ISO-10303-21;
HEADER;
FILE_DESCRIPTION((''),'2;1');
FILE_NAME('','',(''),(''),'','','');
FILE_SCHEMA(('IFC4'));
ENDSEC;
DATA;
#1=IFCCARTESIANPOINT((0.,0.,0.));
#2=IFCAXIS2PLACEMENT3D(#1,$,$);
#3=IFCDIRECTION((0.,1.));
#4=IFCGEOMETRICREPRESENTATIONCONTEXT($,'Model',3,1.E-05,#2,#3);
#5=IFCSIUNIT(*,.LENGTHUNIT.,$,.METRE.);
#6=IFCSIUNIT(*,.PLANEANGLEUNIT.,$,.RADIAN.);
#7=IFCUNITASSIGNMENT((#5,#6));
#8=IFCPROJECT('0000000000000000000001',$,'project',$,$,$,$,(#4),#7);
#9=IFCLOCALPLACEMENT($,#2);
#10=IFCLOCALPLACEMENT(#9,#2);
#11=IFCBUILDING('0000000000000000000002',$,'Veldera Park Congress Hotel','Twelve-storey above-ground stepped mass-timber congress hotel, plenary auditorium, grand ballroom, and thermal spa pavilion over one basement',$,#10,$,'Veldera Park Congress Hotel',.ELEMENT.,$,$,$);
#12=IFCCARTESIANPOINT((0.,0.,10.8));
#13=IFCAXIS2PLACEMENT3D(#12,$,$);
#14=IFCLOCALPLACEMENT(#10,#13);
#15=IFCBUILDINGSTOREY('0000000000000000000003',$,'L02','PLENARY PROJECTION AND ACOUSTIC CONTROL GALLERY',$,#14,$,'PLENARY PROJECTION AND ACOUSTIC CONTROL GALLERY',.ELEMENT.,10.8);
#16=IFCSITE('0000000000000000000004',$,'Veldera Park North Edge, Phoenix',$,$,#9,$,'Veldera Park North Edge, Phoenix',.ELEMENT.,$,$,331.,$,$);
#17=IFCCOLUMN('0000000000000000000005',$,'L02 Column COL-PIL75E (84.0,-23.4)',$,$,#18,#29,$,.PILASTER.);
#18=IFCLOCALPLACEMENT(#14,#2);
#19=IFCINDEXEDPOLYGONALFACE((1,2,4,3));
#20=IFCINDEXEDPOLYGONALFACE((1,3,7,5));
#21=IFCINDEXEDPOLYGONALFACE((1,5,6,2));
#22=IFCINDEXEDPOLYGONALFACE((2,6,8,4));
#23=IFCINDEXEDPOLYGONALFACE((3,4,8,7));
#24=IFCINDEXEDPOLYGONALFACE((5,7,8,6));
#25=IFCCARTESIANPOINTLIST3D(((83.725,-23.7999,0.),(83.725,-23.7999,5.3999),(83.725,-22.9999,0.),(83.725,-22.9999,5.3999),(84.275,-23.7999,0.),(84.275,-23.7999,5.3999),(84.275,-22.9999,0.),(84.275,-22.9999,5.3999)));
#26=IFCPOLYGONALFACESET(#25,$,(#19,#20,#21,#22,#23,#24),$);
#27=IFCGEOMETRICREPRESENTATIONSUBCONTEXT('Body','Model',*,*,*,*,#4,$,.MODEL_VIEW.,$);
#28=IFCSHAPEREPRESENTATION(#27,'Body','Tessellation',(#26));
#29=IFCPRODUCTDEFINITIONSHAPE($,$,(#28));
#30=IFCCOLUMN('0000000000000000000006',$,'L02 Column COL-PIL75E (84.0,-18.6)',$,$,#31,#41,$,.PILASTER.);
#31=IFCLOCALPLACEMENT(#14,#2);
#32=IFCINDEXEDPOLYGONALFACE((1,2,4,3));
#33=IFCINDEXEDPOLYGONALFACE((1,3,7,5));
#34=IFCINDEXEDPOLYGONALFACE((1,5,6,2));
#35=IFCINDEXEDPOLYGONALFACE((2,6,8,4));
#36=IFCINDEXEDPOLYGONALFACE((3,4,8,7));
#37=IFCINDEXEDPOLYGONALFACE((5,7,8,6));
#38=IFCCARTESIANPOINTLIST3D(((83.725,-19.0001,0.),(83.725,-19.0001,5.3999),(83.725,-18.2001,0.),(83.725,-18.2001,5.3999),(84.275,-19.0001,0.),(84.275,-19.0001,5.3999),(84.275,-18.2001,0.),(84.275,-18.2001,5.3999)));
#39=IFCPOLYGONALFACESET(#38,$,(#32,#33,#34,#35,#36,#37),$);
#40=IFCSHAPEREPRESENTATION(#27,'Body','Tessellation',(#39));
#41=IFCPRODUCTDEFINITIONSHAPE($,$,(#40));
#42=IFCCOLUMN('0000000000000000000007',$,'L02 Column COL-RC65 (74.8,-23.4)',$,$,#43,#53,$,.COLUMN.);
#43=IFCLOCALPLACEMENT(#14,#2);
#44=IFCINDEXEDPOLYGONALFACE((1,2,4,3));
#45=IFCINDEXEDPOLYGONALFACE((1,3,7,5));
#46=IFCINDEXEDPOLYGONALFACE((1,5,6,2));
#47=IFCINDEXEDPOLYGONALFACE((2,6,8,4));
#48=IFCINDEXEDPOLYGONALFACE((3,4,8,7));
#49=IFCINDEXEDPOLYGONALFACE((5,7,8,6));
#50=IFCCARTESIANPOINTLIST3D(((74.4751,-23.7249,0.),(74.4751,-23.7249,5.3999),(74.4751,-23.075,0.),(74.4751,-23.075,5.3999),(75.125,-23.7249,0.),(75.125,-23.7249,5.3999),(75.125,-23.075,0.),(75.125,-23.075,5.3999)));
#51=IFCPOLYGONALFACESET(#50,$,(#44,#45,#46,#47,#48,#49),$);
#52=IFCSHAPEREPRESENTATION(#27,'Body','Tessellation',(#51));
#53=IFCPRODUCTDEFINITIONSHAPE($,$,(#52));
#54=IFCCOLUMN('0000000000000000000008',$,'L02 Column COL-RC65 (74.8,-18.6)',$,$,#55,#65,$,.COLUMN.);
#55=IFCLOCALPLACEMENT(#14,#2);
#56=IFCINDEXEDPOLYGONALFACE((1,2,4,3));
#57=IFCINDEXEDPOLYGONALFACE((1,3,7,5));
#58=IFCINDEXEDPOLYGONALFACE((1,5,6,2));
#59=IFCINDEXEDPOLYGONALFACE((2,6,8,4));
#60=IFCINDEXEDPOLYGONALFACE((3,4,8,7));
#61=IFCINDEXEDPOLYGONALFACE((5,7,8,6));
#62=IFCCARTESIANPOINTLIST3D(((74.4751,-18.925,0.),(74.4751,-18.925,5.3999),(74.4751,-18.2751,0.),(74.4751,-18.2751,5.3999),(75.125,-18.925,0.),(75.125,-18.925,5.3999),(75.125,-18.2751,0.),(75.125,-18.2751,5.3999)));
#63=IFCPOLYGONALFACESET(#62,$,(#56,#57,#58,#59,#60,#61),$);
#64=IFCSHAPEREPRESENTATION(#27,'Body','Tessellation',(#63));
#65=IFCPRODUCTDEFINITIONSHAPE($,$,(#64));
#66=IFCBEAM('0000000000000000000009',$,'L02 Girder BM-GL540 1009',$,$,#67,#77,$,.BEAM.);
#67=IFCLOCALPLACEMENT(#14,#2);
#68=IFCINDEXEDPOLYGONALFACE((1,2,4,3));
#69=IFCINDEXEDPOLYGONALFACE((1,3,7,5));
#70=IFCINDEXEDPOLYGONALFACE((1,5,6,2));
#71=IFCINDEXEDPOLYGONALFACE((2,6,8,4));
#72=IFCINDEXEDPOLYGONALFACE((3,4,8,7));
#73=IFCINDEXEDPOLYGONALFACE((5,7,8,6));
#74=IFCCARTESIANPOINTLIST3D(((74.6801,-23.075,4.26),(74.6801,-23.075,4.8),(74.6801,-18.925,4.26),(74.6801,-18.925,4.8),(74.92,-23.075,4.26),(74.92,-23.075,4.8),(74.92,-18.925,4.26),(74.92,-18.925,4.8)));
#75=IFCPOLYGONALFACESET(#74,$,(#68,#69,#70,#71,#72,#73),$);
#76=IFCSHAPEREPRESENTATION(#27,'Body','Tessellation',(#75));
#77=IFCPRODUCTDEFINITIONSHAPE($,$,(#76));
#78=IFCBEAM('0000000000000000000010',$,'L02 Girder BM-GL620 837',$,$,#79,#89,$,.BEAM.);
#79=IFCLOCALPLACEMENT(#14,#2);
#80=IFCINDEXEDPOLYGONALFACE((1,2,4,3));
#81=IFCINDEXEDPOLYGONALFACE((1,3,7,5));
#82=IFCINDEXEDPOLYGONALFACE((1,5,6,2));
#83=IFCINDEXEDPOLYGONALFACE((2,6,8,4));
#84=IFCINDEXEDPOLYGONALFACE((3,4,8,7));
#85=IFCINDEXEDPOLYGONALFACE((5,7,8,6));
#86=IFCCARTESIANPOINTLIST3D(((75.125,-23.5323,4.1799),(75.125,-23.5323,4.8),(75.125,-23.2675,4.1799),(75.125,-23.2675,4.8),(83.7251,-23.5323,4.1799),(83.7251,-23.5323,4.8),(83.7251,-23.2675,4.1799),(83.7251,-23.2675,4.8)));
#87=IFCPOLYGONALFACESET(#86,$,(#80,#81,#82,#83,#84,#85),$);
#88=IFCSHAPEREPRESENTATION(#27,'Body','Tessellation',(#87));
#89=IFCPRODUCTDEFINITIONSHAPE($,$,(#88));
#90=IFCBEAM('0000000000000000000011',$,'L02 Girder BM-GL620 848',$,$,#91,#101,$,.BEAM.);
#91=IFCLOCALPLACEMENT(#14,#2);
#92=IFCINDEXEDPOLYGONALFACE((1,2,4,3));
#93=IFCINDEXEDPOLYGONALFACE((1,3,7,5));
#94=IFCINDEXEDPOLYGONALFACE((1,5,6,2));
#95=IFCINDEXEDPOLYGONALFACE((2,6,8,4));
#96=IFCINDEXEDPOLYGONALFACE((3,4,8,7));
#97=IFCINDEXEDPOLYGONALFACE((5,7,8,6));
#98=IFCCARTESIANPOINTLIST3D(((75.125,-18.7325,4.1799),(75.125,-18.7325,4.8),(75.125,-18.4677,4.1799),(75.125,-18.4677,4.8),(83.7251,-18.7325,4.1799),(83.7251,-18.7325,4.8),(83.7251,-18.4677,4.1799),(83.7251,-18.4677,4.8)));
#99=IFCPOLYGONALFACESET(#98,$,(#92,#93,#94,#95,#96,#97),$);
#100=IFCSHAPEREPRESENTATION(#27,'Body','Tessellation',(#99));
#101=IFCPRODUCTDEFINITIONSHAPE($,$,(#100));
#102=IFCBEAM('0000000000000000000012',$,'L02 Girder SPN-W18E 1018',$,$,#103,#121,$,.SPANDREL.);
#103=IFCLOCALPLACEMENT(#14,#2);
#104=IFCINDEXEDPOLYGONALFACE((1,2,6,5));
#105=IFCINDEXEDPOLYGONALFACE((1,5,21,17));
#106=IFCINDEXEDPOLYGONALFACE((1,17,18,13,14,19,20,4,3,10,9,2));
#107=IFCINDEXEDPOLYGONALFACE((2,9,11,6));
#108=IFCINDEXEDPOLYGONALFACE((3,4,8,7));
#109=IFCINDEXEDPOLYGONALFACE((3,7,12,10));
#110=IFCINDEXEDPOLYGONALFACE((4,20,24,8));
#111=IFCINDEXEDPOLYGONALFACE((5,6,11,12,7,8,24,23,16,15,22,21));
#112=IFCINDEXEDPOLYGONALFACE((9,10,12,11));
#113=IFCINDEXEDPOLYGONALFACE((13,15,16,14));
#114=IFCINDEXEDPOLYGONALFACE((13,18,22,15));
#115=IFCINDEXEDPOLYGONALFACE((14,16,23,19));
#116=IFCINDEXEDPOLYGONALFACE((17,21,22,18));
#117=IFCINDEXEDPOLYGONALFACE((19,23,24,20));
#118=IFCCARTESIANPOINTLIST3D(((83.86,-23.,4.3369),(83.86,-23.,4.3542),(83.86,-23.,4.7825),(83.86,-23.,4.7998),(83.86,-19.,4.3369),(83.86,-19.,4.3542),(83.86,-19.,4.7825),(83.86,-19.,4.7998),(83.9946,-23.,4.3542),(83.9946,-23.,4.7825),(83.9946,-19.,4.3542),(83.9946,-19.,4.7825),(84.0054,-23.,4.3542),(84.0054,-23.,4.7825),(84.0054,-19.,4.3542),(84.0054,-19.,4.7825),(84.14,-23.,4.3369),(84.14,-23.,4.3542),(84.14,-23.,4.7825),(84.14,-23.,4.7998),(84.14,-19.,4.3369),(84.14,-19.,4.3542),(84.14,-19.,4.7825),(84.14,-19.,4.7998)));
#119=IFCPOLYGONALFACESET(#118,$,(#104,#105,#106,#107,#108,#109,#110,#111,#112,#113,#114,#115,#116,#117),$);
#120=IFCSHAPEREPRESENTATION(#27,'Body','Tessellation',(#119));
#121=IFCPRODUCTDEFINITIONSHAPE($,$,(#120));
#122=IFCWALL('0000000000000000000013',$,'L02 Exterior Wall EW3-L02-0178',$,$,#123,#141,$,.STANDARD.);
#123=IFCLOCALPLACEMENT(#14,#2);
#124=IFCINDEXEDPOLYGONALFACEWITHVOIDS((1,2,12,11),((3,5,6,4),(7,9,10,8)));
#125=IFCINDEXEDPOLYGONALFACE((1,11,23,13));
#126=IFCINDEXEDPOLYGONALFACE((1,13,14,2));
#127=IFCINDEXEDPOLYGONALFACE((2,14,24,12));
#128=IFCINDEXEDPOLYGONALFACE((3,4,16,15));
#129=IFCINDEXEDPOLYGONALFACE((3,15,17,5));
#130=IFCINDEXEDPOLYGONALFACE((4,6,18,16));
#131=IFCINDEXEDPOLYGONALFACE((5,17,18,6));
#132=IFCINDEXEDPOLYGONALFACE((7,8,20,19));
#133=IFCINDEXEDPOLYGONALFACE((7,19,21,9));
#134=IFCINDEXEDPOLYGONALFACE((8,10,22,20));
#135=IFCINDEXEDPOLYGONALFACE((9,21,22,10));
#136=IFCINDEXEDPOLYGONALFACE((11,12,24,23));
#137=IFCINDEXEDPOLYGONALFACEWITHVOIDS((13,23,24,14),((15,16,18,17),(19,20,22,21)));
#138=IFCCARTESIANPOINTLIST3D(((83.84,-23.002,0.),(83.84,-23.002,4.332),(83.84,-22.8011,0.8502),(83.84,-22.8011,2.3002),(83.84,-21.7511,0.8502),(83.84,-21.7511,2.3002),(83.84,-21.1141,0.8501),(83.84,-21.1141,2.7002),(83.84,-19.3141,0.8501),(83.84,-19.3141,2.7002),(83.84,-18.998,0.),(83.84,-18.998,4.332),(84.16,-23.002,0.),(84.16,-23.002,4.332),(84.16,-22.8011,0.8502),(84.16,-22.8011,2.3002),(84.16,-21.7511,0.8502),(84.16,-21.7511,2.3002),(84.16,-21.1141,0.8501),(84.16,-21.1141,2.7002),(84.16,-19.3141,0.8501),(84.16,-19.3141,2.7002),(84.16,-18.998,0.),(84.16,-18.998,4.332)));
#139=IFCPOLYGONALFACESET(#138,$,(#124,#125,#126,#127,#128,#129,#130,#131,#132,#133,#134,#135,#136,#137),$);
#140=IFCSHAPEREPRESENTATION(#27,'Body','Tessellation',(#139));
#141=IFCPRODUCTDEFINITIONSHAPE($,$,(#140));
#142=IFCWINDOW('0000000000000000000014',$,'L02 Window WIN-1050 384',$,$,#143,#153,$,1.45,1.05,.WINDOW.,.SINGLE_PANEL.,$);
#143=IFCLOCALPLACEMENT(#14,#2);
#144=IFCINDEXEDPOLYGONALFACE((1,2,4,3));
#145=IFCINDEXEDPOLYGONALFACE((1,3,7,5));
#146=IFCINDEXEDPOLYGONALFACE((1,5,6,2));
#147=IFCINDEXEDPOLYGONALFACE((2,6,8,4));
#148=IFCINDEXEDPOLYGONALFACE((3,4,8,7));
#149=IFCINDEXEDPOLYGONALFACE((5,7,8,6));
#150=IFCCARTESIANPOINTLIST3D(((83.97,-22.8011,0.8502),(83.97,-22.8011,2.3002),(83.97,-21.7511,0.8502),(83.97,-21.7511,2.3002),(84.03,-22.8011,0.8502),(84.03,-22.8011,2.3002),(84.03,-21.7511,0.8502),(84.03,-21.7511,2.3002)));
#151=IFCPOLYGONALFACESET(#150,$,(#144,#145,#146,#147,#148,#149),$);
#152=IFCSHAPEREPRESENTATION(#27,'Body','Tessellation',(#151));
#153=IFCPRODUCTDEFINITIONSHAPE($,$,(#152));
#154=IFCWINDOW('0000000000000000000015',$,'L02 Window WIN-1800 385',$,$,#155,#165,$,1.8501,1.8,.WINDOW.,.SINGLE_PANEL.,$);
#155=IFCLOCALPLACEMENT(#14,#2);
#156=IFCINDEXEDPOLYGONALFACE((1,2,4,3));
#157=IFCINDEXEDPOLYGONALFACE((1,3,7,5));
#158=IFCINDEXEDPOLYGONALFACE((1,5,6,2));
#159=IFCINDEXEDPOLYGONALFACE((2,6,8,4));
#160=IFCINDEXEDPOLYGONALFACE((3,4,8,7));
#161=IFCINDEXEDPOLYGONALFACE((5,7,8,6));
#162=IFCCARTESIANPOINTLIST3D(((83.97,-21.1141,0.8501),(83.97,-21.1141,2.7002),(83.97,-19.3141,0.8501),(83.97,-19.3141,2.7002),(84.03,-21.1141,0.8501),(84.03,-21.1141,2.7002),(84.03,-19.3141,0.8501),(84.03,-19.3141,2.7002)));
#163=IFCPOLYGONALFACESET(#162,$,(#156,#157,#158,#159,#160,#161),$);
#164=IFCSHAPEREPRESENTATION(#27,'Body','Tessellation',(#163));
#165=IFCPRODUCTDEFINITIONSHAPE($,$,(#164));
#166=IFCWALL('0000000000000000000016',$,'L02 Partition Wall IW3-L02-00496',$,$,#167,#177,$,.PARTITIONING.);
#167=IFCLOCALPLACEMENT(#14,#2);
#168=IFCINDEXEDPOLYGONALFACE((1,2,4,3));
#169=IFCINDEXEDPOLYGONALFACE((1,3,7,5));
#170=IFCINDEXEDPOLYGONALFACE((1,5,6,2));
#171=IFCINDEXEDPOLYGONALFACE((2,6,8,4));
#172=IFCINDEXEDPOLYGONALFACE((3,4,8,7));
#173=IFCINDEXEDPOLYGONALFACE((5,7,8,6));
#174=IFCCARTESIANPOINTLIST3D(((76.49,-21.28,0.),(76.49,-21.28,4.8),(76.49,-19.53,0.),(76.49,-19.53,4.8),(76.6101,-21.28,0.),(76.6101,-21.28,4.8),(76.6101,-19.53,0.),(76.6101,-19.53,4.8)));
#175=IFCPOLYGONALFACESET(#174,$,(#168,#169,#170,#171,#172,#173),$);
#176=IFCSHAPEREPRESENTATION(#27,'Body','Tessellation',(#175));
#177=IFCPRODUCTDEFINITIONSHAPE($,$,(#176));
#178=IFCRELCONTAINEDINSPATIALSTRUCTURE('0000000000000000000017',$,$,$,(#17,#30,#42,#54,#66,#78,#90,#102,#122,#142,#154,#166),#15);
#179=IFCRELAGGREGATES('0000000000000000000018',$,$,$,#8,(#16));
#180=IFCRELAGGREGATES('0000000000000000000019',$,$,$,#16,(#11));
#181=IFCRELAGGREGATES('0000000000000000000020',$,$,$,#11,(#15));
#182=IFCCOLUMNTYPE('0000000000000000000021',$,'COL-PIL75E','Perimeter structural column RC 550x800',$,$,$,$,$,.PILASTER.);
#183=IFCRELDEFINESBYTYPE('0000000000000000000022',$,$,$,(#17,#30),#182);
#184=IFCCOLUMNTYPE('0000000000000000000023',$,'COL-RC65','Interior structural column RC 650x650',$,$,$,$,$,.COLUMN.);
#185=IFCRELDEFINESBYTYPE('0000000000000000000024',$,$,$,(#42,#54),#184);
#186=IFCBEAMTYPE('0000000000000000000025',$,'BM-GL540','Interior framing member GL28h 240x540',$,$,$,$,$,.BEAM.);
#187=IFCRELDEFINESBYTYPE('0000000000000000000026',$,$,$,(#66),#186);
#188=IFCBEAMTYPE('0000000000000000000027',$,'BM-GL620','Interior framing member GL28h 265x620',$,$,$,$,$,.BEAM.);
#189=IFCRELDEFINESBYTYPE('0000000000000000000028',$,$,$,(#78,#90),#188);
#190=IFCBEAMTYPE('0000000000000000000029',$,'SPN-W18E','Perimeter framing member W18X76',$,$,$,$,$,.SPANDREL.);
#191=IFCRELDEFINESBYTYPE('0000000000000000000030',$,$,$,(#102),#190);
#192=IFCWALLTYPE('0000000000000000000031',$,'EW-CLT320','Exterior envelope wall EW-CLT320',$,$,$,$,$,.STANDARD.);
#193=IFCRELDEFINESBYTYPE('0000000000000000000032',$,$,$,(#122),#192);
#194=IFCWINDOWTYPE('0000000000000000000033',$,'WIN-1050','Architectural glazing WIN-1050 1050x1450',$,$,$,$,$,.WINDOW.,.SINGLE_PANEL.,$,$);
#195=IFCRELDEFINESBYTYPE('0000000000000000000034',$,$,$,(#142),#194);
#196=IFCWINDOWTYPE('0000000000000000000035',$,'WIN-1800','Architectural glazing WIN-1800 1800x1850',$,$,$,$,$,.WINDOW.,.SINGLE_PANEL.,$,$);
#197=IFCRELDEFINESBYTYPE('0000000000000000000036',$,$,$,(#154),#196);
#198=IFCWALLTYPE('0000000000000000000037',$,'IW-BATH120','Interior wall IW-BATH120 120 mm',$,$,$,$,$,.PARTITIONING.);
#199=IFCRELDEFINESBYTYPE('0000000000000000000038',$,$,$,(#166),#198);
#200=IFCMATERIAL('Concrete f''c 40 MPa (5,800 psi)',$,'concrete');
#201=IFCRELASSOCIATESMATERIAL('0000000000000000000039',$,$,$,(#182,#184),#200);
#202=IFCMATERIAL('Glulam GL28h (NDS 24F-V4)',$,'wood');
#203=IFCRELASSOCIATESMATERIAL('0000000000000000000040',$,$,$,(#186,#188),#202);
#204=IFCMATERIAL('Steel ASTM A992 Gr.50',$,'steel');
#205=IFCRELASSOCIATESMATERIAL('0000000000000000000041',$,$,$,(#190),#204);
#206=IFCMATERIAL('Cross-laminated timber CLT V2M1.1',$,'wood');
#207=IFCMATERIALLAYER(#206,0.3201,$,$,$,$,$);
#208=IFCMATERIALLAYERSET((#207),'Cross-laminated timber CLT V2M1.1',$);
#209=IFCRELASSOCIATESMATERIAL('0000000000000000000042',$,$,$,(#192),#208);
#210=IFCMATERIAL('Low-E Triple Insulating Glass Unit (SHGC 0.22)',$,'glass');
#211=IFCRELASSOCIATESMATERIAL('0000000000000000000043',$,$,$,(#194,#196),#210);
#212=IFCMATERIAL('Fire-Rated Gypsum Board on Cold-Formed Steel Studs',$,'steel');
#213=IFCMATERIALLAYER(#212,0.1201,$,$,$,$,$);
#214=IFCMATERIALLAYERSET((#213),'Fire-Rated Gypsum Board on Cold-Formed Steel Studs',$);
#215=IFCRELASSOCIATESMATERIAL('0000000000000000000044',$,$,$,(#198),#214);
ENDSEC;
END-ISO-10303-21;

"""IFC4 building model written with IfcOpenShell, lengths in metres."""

from ifc_helpers import new_model, si_unit, direction, frame, frame_2d, origin, origin_2d, place, context, subcontext, project, spatial, rectangle, i_section, extrude, material, layer, layer_set, material_profile, profile_set, type_object, element, fill, save


model = new_model("IFC4")

# Units and contexts
model_context = context("Model", 3, precision=1e-05, world=origin(), true_north=direction((0.0, 1.0)))
body_context = subcontext(model_context, "Body", "Model", "MODEL_VIEW")
ifc_project = project(units=[si_unit("LENGTHUNIT", "METRE"), si_unit("PLANEANGLEUNIT", "RADIAN")], contexts=[model_context])

# Site, building, storey
site_placement = place(None, origin())
site = spatial("IfcSite", under=ifc_project, at=site_placement, Name="Veldera Park North Edge, Phoenix", LongName="Veldera Park North Edge, Phoenix", CompositionType="ELEMENT", RefElevation=331.0)
building_placement = place(site_placement, origin())
building = spatial("IfcBuilding", under=site, at=building_placement, Name="Veldera Park Congress Hotel", Description="Twelve-storey above-ground stepped mass-timber congress hotel, plenary auditorium, grand ballroom, and thermal spa pavilion over one basement", LongName="Veldera Park Congress Hotel", CompositionType="ELEMENT")
storey_placement = place(building_placement, frame((0.0, 0.0, 10.8)))
storey = spatial("IfcBuildingStorey", under=building, at=storey_placement, Name="L02", Description="PLENARY PROJECTION AND ACOUSTIC CONTROL GALLERY", LongName="PLENARY PROJECTION AND ACOUSTIC CONTROL GALLERY", CompositionType="ELEMENT", Elevation=10.8)

# Columns
ifc_material_1 = material(Name="Concrete f'c 40 MPa (5,800 psi)", Category="concrete")
ifc_material_profile_1 = material_profile(ifc_material_1, rectangle(XDim=0.55, YDim=0.8, at=origin_2d()), Name="RC 550x800")
ifc_profile_set_1 = profile_set([ifc_material_profile_1], Name="Concrete f'c 40 MPa (5,800 psi)")
column_type_1 = type_object("IfcColumnType", Name="COL-PIL75E", Description="Perimeter structural column RC 550x800", PredefinedType="PILASTER", material=ifc_profile_set_1)
for number, where, z_axis, x_axis, name in (
    (1, (84.0, -23.3999, 0.0), (0.0, 0.0, 1.0), (1.0, 0.0, 0.0), "L02 Column COL-PIL75E (84.0,-23.4)"),
    (2, (84.0, -18.6001, 0.0), (0.0, 0.0, 1.0), (1.0, 0.0, 0.0), "L02 Column COL-PIL75E (84.0,-18.6)"),
):
    element("IfcColumn", number, at=place(storey_placement, frame(where, z_axis=z_axis, x_axis=x_axis)), inside=storey, type_object=column_type_1, Name=name, PredefinedType="PILASTER", context=body_context, shape_type="SweptSolid", body=[
        extrude(rectangle(XDim=0.55, YDim=0.8, at=origin_2d()), origin(), (0.0, 0.0, 1.0), 5.3999),
    ])
ifc_material_profile_2 = material_profile(ifc_material_1, rectangle(XDim=0.6499, YDim=0.6499, at=origin_2d()), Name="RC 650x650")
ifc_profile_set_2 = profile_set([ifc_material_profile_2], Name="Concrete f'c 40 MPa (5,800 psi)")
column_type_2 = type_object("IfcColumnType", Name="COL-RC65", Description="Interior structural column RC 650x650", PredefinedType="COLUMN", material=ifc_profile_set_2)
for number, where, z_axis, x_axis, name in (
    (3, (74.8, -23.3999, 0.0), (0.0, 0.0, 1.0), (1.0, 0.0, 0.0), "L02 Column COL-RC65 (74.8,-23.4)"),
    (4, (74.8, -18.6001, 0.0), (0.0, 0.0, 1.0), (1.0, 0.0, 0.0), "L02 Column COL-RC65 (74.8,-18.6)"),
):
    element("IfcColumn", number, at=place(storey_placement, frame(where, z_axis=z_axis, x_axis=x_axis)), inside=storey, type_object=column_type_2, Name=name, PredefinedType="COLUMN", context=body_context, shape_type="SweptSolid", body=[
        extrude(rectangle(XDim=0.6499, YDim=0.6499, at=origin_2d()), origin(), (0.0, 0.0, 1.0), 5.3999),
    ])

# Beams
ifc_material_2 = material(Name="Glulam GL28h (NDS 24F-V4)", Category="wood")
ifc_material_profile_3 = material_profile(ifc_material_2, rectangle(XDim=0.24, YDim=0.54, at=origin_2d()), Name="GL28h 240x540")
ifc_profile_set_3 = profile_set([ifc_material_profile_3], Name="Glulam GL28h (NDS 24F-V4)")
beam_type_1 = type_object("IfcBeamType", Name="BM-GL540", Description="Interior framing member GL28h 240x540", PredefinedType="BEAM", material=ifc_profile_set_3)
beam_1_placement = place(storey_placement, frame((74.8, -23.075, 4.53), z_axis=(0.0, 1.0, 0.0), x_axis=(-1.0, 0.0, 0.0)))
element("IfcBeam", 5, at=beam_1_placement, inside=storey, type_object=beam_type_1, Name="L02 Girder BM-GL540 1009", PredefinedType="BEAM", context=body_context, shape_type="SweptSolid", body=[
    extrude(rectangle(XDim=0.24, YDim=0.54, at=origin_2d()), origin(), (0.0, 0.0, 1.0), 4.1499),
])
ifc_material_profile_4 = material_profile(ifc_material_2, rectangle(XDim=0.2649, YDim=0.6201, at=origin_2d()), Name="GL28h 265x620")
ifc_profile_set_4 = profile_set([ifc_material_profile_4], Name="Glulam GL28h (NDS 24F-V4)")
beam_type_2 = type_object("IfcBeamType", Name="BM-GL620", Description="Interior framing member GL28h 265x620", PredefinedType="BEAM", material=ifc_profile_set_4)
for number, where, z_axis, x_axis, name in (
    (6, (75.125, -23.3999, 4.49), (1.0, 0.0, 0.0), (0.0, 1.0, 0.0), "L02 Girder BM-GL620 837"),
    (7, (75.125, -18.6001, 4.49), (1.0, 0.0, 0.0), (0.0, 1.0, 0.0), "L02 Girder BM-GL620 848"),
):
    element("IfcBeam", number, at=place(storey_placement, frame(where, z_axis=z_axis, x_axis=x_axis)), inside=storey, type_object=beam_type_2, Name=name, PredefinedType="BEAM", context=body_context, shape_type="SweptSolid", body=[
        extrude(rectangle(XDim=0.2649, YDim=0.6201, at=origin_2d()), origin(), (0.0, 0.0, 1.0), 8.6001),
    ])
ifc_material_3 = material(Name="Steel ASTM A992 Gr.50", Category="steel")
ifc_material_profile_5 = material_profile(ifc_material_3, i_section(OverallWidth=0.28, OverallDepth=0.4629, WebThickness=0.0107, FlangeThickness=0.0173, at=origin_2d()), Name="W18X76")
ifc_profile_set_5 = profile_set([ifc_material_profile_5], Name="Steel ASTM A992 Gr.50")
beam_type_3 = type_object("IfcBeamType", Name="SPN-W18E", Description="Perimeter framing member W18X76", PredefinedType="SPANDREL", material=ifc_profile_set_5)
beam_2_placement = place(storey_placement, frame((84.0, -23.0, 4.5684), z_axis=(0.0, 1.0, 0.0), x_axis=(-1.0, 0.0, 0.0)))
element("IfcBeam", 8, at=beam_2_placement, inside=storey, type_object=beam_type_3, Name="L02 Girder SPN-W18E 1018", PredefinedType="SPANDREL", context=body_context, shape_type="SweptSolid", body=[
    extrude(i_section(OverallWidth=0.28, OverallDepth=0.4629, WebThickness=0.0107, FlangeThickness=0.0173, at=origin_2d()), origin(), (0.0, 0.0, 1.0), 4.0),
])

# Wall, openings, windows
ifc_material_4 = material(Name="Cross-laminated timber CLT V2M1.1", Category="wood")
ifc_layer_1 = layer(ifc_material_4, 0.3201)
ifc_layer_set_1 = layer_set([ifc_layer_1], Name="Cross-laminated timber CLT V2M1.1")
wall_type_1 = type_object("IfcWallType", Name="EW-CLT320", Description="Exterior envelope wall EW-CLT320", PredefinedType="STANDARD", material=ifc_layer_set_1)
wall_1_placement = place(storey_placement, frame((84.0, -23.002, 0.0), z_axis=(0.0, 0.0, 1.0), x_axis=(0.0, 1.0, 0.0)))
wall_1 = element("IfcWall", 9, at=wall_1_placement, inside=storey, type_object=wall_type_1, Name="L02 Exterior Wall EW3-L02-0178", PredefinedType="STANDARD", context=body_context, shape_type="SweptSolid", body=[
    extrude(rectangle(XDim=4.0039, YDim=0.3201, at=frame_2d((2.002, 0.0))), origin(), (0.0, 0.0, 1.0), 4.332),
])
opening_1_placement = place(wall_1_placement, frame((0.2009, 0.0, 0.8501)))
opening_1 = element("IfcOpeningElement", 10, at=opening_1_placement, cuts=wall_1, PredefinedType="OPENING", context=body_context, shape_type="SweptSolid", body=[
    extrude(rectangle(XDim=1.05, YDim=1.45, at=frame_2d((0.5249, 0.7251))), frame((0.0, 0.1721, 0.0), z_axis=(0.0, -1.0, 0.0), x_axis=(1.0, 0.0, 0.0)), (0.0, 0.0, 1.0), 0.344),
])
opening_2_placement = place(wall_1_placement, frame((1.8879, 0.0, 0.8501)))
opening_2 = element("IfcOpeningElement", 11, at=opening_2_placement, cuts=wall_1, PredefinedType="OPENING", context=body_context, shape_type="SweptSolid", body=[
    extrude(rectangle(XDim=1.8, YDim=1.8501, at=frame_2d((0.8999, 0.925))), frame((0.0, 0.1721, 0.0), z_axis=(0.0, -1.0, 0.0), x_axis=(1.0, 0.0, 0.0)), (0.0, 0.0, 1.0), 0.344),
])
ifc_material_5 = material(Name="Low-E Triple Insulating Glass Unit (SHGC 0.22)", Category="glass")
window_type_1 = type_object("IfcWindowType", Name="WIN-1050", Description="Architectural glazing WIN-1050 1050x1450", PartitioningType="SINGLE_PANEL", PredefinedType="WINDOW", material=ifc_material_5)
window_1_placement = place(opening_1_placement, origin())
window_1 = element("IfcWindow", 12, at=window_1_placement, inside=storey, type_object=window_type_1, Name="L02 Window WIN-1050 384", OverallHeight=1.45, OverallWidth=1.05, PartitioningType="SINGLE_PANEL", PredefinedType="WINDOW", context=body_context, shape_type="SweptSolid", body=[
    extrude(rectangle(XDim=1.05, YDim=1.45, at=frame_2d((0.5249, 0.7251))), frame((0.0, 0.03, 0.0), z_axis=(0.0, -1.0, 0.0), x_axis=(1.0, 0.0, 0.0)), (0.0, 0.0, 1.0), 0.0601),
])
fill(opening_1, window_1)
window_type_2 = type_object("IfcWindowType", Name="WIN-1800", Description="Architectural glazing WIN-1800 1800x1850", PartitioningType="SINGLE_PANEL", PredefinedType="WINDOW", material=ifc_material_5)
window_2_placement = place(opening_2_placement, origin())
window_2 = element("IfcWindow", 13, at=window_2_placement, inside=storey, type_object=window_type_2, Name="L02 Window WIN-1800 385", OverallHeight=1.8501, OverallWidth=1.8, PartitioningType="SINGLE_PANEL", PredefinedType="WINDOW", context=body_context, shape_type="SweptSolid", body=[
    extrude(rectangle(XDim=1.8, YDim=1.8501, at=frame_2d((0.8999, 0.925))), frame((0.0, 0.03, 0.0), z_axis=(0.0, -1.0, 0.0), x_axis=(1.0, 0.0, 0.0)), (0.0, 0.0, 1.0), 0.0601),
])
fill(opening_2, window_2)

# Shared definitions
ifc_material_6 = material(Name="Fire-Rated Gypsum Board on Cold-Formed Steel Studs", Category="steel")
ifc_layer_2 = layer(ifc_material_6, 0.1201)
ifc_layer_set_2 = layer_set([ifc_layer_2], Name="Fire-Rated Gypsum Board on Cold-Formed Steel Studs")
wall_type_2 = type_object("IfcWallType", Name="IW-BATH120", Description="Interior wall IW-BATH120 120 mm", PredefinedType="PARTITIONING", material=ifc_layer_set_2)

# Wall
for number, where, z_axis, x_axis, name in (
    (14, (76.55, -21.28, 0.0), (0.0, 0.0, 1.0), (0.0, 1.0, 0.0), "L02 Partition Wall IW3-L02-00496"),
):
    element("IfcWall", number, at=place(storey_placement, frame(where, z_axis=z_axis, x_axis=x_axis)), inside=storey, type_object=wall_type_2, Name=name, PredefinedType="PARTITIONING", context=body_context, shape_type="SweptSolid", body=[
        extrude(rectangle(XDim=1.75, YDim=0.1201, at=frame_2d((0.875, 0.0))), origin(), (0.0, 0.0, 1.0), 4.8),
    ])

save(model, "model.ifc")
